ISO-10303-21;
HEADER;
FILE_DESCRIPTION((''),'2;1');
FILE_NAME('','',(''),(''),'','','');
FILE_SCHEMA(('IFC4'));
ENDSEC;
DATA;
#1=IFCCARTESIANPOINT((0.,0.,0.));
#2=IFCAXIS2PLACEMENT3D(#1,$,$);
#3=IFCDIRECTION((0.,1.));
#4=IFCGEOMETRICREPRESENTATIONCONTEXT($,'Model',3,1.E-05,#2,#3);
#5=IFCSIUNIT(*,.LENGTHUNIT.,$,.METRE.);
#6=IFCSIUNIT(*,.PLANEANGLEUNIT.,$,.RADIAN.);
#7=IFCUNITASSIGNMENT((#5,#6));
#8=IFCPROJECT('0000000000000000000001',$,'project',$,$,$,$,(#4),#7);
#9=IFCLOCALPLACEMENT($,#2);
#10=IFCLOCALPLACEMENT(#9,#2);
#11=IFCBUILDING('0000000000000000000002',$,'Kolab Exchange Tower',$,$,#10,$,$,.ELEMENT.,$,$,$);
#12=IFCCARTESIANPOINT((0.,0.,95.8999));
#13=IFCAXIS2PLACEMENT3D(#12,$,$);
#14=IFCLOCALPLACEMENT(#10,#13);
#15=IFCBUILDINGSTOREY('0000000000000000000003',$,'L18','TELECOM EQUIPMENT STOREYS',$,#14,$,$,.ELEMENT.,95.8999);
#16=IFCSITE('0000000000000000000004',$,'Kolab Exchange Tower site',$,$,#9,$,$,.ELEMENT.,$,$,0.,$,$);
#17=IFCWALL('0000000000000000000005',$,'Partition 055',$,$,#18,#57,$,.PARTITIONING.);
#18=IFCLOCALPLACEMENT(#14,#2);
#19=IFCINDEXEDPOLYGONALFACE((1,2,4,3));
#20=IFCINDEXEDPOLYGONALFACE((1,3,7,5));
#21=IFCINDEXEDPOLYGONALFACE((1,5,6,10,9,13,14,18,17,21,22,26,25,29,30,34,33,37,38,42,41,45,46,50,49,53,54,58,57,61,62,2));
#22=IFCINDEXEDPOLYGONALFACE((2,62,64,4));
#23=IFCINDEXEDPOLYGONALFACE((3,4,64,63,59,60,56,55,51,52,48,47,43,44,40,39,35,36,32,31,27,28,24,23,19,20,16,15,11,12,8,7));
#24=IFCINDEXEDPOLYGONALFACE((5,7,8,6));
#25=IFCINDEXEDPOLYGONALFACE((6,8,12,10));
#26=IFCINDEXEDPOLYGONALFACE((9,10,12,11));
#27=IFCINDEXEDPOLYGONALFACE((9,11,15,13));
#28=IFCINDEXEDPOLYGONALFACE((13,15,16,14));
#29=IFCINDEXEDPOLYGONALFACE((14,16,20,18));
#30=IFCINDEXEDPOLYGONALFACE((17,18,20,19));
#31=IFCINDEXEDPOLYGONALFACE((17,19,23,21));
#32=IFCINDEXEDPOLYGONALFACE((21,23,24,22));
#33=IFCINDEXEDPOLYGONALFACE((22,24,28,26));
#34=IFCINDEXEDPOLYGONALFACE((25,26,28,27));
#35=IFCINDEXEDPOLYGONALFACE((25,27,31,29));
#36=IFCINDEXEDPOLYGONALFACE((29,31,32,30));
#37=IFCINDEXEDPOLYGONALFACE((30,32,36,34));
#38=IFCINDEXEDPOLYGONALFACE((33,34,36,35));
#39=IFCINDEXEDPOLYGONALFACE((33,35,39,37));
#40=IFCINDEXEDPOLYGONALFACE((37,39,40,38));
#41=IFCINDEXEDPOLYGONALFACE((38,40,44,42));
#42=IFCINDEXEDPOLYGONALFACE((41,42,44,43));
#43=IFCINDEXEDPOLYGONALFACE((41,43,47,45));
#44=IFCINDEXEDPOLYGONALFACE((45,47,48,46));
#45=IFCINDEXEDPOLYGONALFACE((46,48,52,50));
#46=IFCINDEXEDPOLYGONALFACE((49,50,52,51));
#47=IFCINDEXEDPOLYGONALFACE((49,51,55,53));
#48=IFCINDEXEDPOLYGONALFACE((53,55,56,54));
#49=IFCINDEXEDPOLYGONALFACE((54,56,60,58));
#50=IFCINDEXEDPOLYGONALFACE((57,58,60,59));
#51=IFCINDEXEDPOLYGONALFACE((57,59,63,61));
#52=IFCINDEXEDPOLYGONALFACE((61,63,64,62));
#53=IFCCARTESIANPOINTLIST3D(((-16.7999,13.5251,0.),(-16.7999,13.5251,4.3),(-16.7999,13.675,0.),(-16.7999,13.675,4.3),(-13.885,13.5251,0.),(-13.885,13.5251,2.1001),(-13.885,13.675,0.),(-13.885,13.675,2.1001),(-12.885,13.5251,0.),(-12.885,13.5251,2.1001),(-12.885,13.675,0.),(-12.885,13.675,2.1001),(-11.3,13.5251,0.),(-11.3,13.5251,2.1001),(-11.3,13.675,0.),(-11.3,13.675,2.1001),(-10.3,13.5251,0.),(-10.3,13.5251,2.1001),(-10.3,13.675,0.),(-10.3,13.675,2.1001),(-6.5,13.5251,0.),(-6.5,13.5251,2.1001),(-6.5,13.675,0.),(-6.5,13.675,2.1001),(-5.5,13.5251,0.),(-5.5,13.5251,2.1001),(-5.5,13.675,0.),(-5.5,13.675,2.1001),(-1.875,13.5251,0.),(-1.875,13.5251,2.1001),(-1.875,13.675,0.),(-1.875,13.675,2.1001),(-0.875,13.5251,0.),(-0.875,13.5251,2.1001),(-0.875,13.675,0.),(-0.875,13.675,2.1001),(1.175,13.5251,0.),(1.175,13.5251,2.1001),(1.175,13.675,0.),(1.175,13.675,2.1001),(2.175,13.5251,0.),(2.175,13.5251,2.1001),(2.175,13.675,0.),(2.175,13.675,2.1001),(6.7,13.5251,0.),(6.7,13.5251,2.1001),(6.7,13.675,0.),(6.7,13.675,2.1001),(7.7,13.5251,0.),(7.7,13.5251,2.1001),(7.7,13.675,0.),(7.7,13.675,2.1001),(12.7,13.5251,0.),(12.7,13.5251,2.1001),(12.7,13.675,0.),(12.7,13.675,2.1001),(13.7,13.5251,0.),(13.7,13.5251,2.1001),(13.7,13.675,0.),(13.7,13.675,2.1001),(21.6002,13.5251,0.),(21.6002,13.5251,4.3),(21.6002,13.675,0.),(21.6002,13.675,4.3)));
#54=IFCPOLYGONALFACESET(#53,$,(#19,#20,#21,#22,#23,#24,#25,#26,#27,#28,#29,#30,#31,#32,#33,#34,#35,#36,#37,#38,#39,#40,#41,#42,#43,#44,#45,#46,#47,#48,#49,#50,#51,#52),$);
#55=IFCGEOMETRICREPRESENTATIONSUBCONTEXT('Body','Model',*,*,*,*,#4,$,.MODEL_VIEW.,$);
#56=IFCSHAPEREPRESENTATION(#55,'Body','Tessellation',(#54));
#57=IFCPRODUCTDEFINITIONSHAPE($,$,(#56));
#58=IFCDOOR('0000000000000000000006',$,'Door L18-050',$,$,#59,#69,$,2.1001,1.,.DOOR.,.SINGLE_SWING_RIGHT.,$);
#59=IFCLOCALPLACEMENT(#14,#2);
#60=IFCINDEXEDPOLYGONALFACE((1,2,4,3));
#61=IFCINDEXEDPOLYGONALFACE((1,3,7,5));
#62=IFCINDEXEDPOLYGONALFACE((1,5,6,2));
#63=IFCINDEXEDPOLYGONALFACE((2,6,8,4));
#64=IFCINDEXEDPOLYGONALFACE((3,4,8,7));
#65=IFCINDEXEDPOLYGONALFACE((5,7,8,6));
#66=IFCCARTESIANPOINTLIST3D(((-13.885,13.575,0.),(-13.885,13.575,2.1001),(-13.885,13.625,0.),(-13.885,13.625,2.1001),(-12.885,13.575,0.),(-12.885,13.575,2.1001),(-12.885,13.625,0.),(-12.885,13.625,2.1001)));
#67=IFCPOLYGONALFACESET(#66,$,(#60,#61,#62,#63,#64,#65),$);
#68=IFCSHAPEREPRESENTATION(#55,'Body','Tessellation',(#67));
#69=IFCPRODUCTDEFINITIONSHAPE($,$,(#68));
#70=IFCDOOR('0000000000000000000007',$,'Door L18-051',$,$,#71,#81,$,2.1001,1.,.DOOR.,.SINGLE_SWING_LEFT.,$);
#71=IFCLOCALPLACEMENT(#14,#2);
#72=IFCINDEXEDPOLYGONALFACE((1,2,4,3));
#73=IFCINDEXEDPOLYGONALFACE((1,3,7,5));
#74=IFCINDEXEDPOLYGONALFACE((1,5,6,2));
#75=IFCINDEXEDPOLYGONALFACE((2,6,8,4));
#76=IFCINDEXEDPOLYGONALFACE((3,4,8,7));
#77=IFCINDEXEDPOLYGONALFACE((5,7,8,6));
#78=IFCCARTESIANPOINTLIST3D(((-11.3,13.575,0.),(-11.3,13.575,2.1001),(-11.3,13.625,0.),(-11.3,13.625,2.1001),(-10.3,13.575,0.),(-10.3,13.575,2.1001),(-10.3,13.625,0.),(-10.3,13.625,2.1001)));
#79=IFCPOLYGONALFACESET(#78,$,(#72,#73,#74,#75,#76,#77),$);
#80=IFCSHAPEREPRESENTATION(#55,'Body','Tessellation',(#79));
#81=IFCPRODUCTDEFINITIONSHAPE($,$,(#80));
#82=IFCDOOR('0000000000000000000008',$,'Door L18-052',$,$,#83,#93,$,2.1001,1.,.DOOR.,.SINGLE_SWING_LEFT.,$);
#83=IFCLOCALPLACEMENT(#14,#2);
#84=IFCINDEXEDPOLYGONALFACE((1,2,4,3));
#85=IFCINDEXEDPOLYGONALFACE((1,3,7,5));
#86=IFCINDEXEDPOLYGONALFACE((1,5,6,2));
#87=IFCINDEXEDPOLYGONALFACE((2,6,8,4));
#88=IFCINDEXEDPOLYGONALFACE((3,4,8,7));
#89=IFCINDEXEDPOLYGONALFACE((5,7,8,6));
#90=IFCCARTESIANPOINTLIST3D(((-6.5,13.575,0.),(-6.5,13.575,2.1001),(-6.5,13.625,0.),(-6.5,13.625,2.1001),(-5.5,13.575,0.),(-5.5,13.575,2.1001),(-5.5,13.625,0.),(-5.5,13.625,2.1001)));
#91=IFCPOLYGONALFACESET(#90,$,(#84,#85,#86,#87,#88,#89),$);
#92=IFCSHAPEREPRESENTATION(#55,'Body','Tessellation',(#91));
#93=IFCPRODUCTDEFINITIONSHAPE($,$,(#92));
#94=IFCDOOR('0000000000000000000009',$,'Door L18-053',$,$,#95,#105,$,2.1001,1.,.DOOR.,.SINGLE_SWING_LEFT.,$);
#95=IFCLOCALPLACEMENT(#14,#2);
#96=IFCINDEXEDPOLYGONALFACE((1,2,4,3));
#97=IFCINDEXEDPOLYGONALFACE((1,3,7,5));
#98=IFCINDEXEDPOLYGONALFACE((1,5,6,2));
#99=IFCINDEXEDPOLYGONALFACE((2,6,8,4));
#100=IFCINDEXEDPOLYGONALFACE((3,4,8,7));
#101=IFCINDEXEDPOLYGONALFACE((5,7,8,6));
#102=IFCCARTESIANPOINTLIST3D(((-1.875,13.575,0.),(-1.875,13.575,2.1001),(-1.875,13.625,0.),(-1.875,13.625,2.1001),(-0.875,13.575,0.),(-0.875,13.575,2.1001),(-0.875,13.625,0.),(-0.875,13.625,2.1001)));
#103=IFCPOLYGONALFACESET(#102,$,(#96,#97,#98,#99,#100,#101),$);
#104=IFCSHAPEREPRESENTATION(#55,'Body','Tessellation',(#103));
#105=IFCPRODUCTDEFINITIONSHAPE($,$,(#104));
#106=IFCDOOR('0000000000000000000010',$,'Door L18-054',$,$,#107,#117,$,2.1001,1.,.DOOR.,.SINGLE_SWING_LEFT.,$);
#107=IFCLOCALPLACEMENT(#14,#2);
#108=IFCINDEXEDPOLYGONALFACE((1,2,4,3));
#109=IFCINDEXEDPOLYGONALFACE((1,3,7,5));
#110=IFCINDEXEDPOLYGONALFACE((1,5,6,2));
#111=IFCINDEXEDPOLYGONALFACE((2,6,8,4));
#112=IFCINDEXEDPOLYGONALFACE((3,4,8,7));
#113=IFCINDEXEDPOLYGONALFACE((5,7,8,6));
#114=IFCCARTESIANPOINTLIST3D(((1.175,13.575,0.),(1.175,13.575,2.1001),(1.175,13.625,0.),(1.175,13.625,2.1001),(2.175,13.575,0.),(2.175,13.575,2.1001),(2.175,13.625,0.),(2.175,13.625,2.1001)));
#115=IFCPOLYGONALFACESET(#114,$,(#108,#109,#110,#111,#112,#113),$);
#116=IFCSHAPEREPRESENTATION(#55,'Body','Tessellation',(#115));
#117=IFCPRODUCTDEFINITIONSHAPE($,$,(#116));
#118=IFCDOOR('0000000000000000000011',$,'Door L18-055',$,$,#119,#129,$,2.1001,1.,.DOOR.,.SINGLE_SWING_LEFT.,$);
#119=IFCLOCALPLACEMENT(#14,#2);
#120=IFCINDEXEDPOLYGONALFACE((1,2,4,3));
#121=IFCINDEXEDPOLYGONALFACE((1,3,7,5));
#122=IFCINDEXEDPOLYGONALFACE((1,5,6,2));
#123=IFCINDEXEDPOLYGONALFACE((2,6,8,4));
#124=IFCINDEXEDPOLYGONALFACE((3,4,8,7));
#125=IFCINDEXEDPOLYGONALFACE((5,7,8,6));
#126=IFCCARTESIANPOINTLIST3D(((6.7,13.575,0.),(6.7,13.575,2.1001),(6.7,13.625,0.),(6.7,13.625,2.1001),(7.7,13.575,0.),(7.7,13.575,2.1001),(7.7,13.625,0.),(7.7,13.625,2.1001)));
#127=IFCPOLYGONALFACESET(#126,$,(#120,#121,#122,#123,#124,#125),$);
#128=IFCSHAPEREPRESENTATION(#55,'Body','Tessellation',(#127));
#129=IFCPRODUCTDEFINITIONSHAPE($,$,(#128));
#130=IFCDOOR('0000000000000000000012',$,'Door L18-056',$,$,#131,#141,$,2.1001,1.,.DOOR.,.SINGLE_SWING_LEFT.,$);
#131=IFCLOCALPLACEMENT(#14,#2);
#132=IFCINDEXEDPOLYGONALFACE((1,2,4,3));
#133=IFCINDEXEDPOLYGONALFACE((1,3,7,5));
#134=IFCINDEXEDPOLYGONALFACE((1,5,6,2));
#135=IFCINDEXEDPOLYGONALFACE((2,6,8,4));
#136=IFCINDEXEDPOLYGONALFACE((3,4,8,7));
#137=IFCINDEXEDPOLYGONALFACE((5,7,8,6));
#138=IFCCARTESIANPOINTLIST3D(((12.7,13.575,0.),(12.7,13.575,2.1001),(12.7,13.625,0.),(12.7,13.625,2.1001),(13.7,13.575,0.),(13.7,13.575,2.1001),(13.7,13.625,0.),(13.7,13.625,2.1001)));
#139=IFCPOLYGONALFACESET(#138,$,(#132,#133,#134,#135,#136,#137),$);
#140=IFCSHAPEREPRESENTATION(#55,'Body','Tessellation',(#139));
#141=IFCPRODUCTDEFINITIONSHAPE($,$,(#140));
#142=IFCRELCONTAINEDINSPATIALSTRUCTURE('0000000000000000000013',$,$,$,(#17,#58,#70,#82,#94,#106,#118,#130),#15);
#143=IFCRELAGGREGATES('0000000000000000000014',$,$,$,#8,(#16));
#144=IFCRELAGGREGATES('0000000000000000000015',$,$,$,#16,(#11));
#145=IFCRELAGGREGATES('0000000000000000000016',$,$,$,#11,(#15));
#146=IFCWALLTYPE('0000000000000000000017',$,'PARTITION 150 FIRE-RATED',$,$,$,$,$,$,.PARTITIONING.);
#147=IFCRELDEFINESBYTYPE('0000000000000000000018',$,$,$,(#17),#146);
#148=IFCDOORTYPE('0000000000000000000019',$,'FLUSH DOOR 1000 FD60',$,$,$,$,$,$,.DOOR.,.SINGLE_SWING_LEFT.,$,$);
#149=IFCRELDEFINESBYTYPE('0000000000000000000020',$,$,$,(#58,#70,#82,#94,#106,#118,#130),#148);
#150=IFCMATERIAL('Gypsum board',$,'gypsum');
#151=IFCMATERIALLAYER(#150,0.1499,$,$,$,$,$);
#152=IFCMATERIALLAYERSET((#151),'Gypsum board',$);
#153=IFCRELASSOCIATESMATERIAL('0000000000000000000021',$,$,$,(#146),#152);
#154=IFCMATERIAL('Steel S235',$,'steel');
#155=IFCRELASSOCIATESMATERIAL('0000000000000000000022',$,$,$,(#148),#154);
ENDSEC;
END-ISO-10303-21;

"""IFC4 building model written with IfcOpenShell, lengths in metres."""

from ifc_helpers import new_model, si_unit, direction, frame, frame_2d, origin, place, context, subcontext, project, spatial, rectangle, extrude, material, layer, layer_set, type_object, element, fill, save


model = new_model("IFC4")

# Units and contexts
model_context = context("Model", 3, precision=1e-05, world=origin(), true_north=direction((0.0, 1.0)))
body_context = subcontext(model_context, "Body", "Model", "MODEL_VIEW")
ifc_project = project(units=[si_unit("LENGTHUNIT", "METRE"), si_unit("PLANEANGLEUNIT", "RADIAN")], contexts=[model_context])

# Site, building, storey
site_placement = place(None, origin())
site = spatial("IfcSite", under=ifc_project, at=site_placement, Name="Kolab Exchange Tower site", CompositionType="ELEMENT", RefElevation=0.0)
building_placement = place(site_placement, origin())
building = spatial("IfcBuilding", under=site, at=building_placement, Name="Kolab Exchange Tower", CompositionType="ELEMENT")
storey_placement = place(building_placement, frame((0.0, 0.0, 95.8999)))
storey = spatial("IfcBuildingStorey", under=building, at=storey_placement, Name="L18", Description="TELECOM EQUIPMENT STOREYS", CompositionType="ELEMENT", Elevation=95.8999)

# Shared definitions
ifc_material_1 = material(Name="Gypsum board", Category="gypsum")

# Wall, openings, doors
ifc_layer_1 = layer(ifc_material_1, 0.1499)
ifc_layer_set_1 = layer_set([ifc_layer_1], Name="Gypsum board")
wall_type_1 = type_object("IfcWallType", Name="PARTITION 150 FIRE-RATED", PredefinedType="PARTITIONING", material=ifc_layer_set_1)
wall_1_placement = place(storey_placement, frame((-16.8, 13.6001, 0.0), z_axis=(0.0, 0.0, 1.0), x_axis=(1.0, 0.0, 0.0)))
wall_1 = element("IfcWall", 1, at=wall_1_placement, inside=storey, type_object=wall_type_1, Name="Partition 055", PredefinedType="PARTITIONING", context=body_context, shape_type="SweptSolid", body=[
    extrude(rectangle(XDim=38.4001, YDim=0.1499, at=frame_2d((19.2002, 0.0))), origin(), (0.0, 0.0, 1.0), 4.3),
])
opening_1_placement = place(wall_1_placement, frame((2.915, 0.0, 0.0)))
opening_1 = element("IfcOpeningElement", 2, at=opening_1_placement, cuts=wall_1, PredefinedType="OPENING", context=body_context, shape_type="SweptSolid", body=[
    extrude(rectangle(XDim=1.0, YDim=2.1001, at=frame_2d((0.5, 1.05))), frame((0.0, 0.085, 0.0), z_axis=(0.0, -1.0, 0.0), x_axis=(1.0, 0.0, 0.0)), (0.0, 0.0, 1.0), 0.1699),
])
opening_2_placement = place(wall_1_placement, frame((5.5, 0.0, 0.0)))
opening_2 = element("IfcOpeningElement", 3, at=opening_2_placement, cuts=wall_1, PredefinedType="OPENING", context=body_context, shape_type="SweptSolid", body=[
    extrude(rectangle(XDim=1.0, YDim=2.1001, at=frame_2d((0.5, 1.05))), frame((0.0, 0.085, 0.0), z_axis=(0.0, -1.0, 0.0), x_axis=(1.0, 0.0, 0.0)), (0.0, 0.0, 1.0), 0.1699),
])
opening_3_placement = place(wall_1_placement, frame((10.3, 0.0, 0.0)))
opening_3 = element("IfcOpeningElement", 4, at=opening_3_placement, cuts=wall_1, PredefinedType="OPENING", context=body_context, shape_type="SweptSolid", body=[
    extrude(rectangle(XDim=1.0, YDim=2.1001, at=frame_2d((0.5, 1.05))), frame((0.0, 0.085, 0.0), z_axis=(0.0, -1.0, 0.0), x_axis=(1.0, 0.0, 0.0)), (0.0, 0.0, 1.0), 0.1699),
])
opening_4_placement = place(wall_1_placement, frame((14.925, 0.0, 0.0)))
opening_4 = element("IfcOpeningElement", 5, at=opening_4_placement, cuts=wall_1, PredefinedType="OPENING", context=body_context, shape_type="SweptSolid", body=[
    extrude(rectangle(XDim=1.0, YDim=2.1001, at=frame_2d((0.5, 1.05))), frame((0.0, 0.085, 0.0), z_axis=(0.0, -1.0, 0.0), x_axis=(1.0, 0.0, 0.0)), (0.0, 0.0, 1.0), 0.1699),
])
opening_5_placement = place(wall_1_placement, frame((17.9751, 0.0, 0.0)))
opening_5 = element("IfcOpeningElement", 6, at=opening_5_placement, cuts=wall_1, PredefinedType="OPENING", context=body_context, shape_type="SweptSolid", body=[
    extrude(rectangle(XDim=1.0, YDim=2.1001, at=frame_2d((0.5, 1.05))), frame((0.0, 0.085, 0.0), z_axis=(0.0, -1.0, 0.0), x_axis=(1.0, 0.0, 0.0)), (0.0, 0.0, 1.0), 0.1699),
])
opening_6_placement = place(wall_1_placement, frame((23.5, 0.0, 0.0)))
opening_6 = element("IfcOpeningElement", 7, at=opening_6_placement, cuts=wall_1, PredefinedType="OPENING", context=body_context, shape_type="SweptSolid", body=[
    extrude(rectangle(XDim=1.0, YDim=2.1001, at=frame_2d((0.5, 1.05))), frame((0.0, 0.085, 0.0), z_axis=(0.0, -1.0, 0.0), x_axis=(1.0, 0.0, 0.0)), (0.0, 0.0, 1.0), 0.1699),
])
opening_7_placement = place(wall_1_placement, frame((29.5, 0.0, 0.0)))
opening_7 = element("IfcOpeningElement", 8, at=opening_7_placement, cuts=wall_1, PredefinedType="OPENING", context=body_context, shape_type="SweptSolid", body=[
    extrude(rectangle(XDim=1.0, YDim=2.1001, at=frame_2d((0.5, 1.05))), frame((0.0, 0.085, 0.0), z_axis=(0.0, -1.0, 0.0), x_axis=(1.0, 0.0, 0.0)), (0.0, 0.0, 1.0), 0.1699),
])
ifc_material_2 = material(Name="Steel S235", Category="steel")
door_type_1 = type_object("IfcDoorType", Name="FLUSH DOOR 1000 FD60", OperationType="SINGLE_SWING_LEFT", PredefinedType="DOOR", material=ifc_material_2)
door_1_placement = place(opening_1_placement, origin())
door_1 = element("IfcDoor", 9, at=door_1_placement, inside=storey, type_object=door_type_1, Name="Door L18-050", OperationType="SINGLE_SWING_RIGHT", OverallHeight=2.1001, OverallWidth=1.0, PredefinedType="DOOR", context=body_context, shape_type="SweptSolid", body=[
    extrude(rectangle(XDim=1.0, YDim=2.1001, at=frame_2d((0.5, 1.05))), frame((0.0, 0.0249, 0.0), z_axis=(0.0, -1.0, 0.0), x_axis=(1.0, 0.0, 0.0)), (0.0, 0.0, 1.0), 0.05),
])
fill(opening_1, door_1)
door_2_placement = place(opening_2_placement, origin())
door_2 = element("IfcDoor", 10, at=door_2_placement, inside=storey, type_object=door_type_1, Name="Door L18-051", OperationType="SINGLE_SWING_LEFT", OverallHeight=2.1001, OverallWidth=1.0, PredefinedType="DOOR", context=body_context, shape_type="SweptSolid", body=[
    extrude(rectangle(XDim=1.0, YDim=2.1001, at=frame_2d((0.5, 1.05))), frame((0.0, 0.0249, 0.0), z_axis=(0.0, -1.0, 0.0), x_axis=(1.0, 0.0, 0.0)), (0.0, 0.0, 1.0), 0.05),
])
fill(opening_2, door_2)
door_3_placement = place(opening_3_placement, origin())
door_3 = element("IfcDoor", 11, at=door_3_placement, inside=storey, type_object=door_type_1, Name="Door L18-052", OperationType="SINGLE_SWING_LEFT", OverallHeight=2.1001, OverallWidth=1.0, PredefinedType="DOOR", context=body_context, shape_type="SweptSolid", body=[
    extrude(rectangle(XDim=1.0, YDim=2.1001, at=frame_2d((0.5, 1.05))), frame((0.0, 0.0249, 0.0), z_axis=(0.0, -1.0, 0.0), x_axis=(1.0, 0.0, 0.0)), (0.0, 0.0, 1.0), 0.05),
])
fill(opening_3, door_3)
door_4_placement = place(opening_4_placement, origin())
door_4 = element("IfcDoor", 12, at=door_4_placement, inside=storey, type_object=door_type_1, Name="Door L18-053", OperationType="SINGLE_SWING_LEFT", OverallHeight=2.1001, OverallWidth=1.0, PredefinedType="DOOR", context=body_context, shape_type="SweptSolid", body=[
    extrude(rectangle(XDim=1.0, YDim=2.1001, at=frame_2d((0.5, 1.05))), frame((0.0, 0.0249, 0.0), z_axis=(0.0, -1.0, 0.0), x_axis=(1.0, 0.0, 0.0)), (0.0, 0.0, 1.0), 0.05),
])
fill(opening_4, door_4)
door_5_placement = place(opening_5_placement, origin())
door_5 = element("IfcDoor", 13, at=door_5_placement, inside=storey, type_object=door_type_1, Name="Door L18-054", OperationType="SINGLE_SWING_LEFT", OverallHeight=2.1001, OverallWidth=1.0, PredefinedType="DOOR", context=body_context, shape_type="SweptSolid", body=[
    extrude(rectangle(XDim=1.0, YDim=2.1001, at=frame_2d((0.5, 1.05))), frame((0.0, 0.0249, 0.0), z_axis=(0.0, -1.0, 0.0), x_axis=(1.0, 0.0, 0.0)), (0.0, 0.0, 1.0), 0.05),
])
fill(opening_5, door_5)
door_6_placement = place(opening_6_placement, origin())
door_6 = element("IfcDoor", 14, at=door_6_placement, inside=storey, type_object=door_type_1, Name="Door L18-055", OperationType="SINGLE_SWING_LEFT", OverallHeight=2.1001, OverallWidth=1.0, PredefinedType="DOOR", context=body_context, shape_type="SweptSolid", body=[
    extrude(rectangle(XDim=1.0, YDim=2.1001, at=frame_2d((0.5, 1.05))), frame((0.0, 0.0249, 0.0), z_axis=(0.0, -1.0, 0.0), x_axis=(1.0, 0.0, 0.0)), (0.0, 0.0, 1.0), 0.05),
])
fill(opening_6, door_6)
door_7_placement = place(opening_7_placement, origin())
door_7 = element("IfcDoor", 15, at=door_7_placement, inside=storey, type_object=door_type_1, Name="Door L18-056", OperationType="SINGLE_SWING_LEFT", OverallHeight=2.1001, OverallWidth=1.0, PredefinedType="DOOR", context=body_context, shape_type="SweptSolid", body=[
    extrude(rectangle(XDim=1.0, YDim=2.1001, at=frame_2d((0.5, 1.05))), frame((0.0, 0.0249, 0.0), z_axis=(0.0, -1.0, 0.0), x_axis=(1.0, 0.0, 0.0)), (0.0, 0.0, 1.0), 0.05),
])
fill(opening_7, door_7)

save(model, "model.ifc")
